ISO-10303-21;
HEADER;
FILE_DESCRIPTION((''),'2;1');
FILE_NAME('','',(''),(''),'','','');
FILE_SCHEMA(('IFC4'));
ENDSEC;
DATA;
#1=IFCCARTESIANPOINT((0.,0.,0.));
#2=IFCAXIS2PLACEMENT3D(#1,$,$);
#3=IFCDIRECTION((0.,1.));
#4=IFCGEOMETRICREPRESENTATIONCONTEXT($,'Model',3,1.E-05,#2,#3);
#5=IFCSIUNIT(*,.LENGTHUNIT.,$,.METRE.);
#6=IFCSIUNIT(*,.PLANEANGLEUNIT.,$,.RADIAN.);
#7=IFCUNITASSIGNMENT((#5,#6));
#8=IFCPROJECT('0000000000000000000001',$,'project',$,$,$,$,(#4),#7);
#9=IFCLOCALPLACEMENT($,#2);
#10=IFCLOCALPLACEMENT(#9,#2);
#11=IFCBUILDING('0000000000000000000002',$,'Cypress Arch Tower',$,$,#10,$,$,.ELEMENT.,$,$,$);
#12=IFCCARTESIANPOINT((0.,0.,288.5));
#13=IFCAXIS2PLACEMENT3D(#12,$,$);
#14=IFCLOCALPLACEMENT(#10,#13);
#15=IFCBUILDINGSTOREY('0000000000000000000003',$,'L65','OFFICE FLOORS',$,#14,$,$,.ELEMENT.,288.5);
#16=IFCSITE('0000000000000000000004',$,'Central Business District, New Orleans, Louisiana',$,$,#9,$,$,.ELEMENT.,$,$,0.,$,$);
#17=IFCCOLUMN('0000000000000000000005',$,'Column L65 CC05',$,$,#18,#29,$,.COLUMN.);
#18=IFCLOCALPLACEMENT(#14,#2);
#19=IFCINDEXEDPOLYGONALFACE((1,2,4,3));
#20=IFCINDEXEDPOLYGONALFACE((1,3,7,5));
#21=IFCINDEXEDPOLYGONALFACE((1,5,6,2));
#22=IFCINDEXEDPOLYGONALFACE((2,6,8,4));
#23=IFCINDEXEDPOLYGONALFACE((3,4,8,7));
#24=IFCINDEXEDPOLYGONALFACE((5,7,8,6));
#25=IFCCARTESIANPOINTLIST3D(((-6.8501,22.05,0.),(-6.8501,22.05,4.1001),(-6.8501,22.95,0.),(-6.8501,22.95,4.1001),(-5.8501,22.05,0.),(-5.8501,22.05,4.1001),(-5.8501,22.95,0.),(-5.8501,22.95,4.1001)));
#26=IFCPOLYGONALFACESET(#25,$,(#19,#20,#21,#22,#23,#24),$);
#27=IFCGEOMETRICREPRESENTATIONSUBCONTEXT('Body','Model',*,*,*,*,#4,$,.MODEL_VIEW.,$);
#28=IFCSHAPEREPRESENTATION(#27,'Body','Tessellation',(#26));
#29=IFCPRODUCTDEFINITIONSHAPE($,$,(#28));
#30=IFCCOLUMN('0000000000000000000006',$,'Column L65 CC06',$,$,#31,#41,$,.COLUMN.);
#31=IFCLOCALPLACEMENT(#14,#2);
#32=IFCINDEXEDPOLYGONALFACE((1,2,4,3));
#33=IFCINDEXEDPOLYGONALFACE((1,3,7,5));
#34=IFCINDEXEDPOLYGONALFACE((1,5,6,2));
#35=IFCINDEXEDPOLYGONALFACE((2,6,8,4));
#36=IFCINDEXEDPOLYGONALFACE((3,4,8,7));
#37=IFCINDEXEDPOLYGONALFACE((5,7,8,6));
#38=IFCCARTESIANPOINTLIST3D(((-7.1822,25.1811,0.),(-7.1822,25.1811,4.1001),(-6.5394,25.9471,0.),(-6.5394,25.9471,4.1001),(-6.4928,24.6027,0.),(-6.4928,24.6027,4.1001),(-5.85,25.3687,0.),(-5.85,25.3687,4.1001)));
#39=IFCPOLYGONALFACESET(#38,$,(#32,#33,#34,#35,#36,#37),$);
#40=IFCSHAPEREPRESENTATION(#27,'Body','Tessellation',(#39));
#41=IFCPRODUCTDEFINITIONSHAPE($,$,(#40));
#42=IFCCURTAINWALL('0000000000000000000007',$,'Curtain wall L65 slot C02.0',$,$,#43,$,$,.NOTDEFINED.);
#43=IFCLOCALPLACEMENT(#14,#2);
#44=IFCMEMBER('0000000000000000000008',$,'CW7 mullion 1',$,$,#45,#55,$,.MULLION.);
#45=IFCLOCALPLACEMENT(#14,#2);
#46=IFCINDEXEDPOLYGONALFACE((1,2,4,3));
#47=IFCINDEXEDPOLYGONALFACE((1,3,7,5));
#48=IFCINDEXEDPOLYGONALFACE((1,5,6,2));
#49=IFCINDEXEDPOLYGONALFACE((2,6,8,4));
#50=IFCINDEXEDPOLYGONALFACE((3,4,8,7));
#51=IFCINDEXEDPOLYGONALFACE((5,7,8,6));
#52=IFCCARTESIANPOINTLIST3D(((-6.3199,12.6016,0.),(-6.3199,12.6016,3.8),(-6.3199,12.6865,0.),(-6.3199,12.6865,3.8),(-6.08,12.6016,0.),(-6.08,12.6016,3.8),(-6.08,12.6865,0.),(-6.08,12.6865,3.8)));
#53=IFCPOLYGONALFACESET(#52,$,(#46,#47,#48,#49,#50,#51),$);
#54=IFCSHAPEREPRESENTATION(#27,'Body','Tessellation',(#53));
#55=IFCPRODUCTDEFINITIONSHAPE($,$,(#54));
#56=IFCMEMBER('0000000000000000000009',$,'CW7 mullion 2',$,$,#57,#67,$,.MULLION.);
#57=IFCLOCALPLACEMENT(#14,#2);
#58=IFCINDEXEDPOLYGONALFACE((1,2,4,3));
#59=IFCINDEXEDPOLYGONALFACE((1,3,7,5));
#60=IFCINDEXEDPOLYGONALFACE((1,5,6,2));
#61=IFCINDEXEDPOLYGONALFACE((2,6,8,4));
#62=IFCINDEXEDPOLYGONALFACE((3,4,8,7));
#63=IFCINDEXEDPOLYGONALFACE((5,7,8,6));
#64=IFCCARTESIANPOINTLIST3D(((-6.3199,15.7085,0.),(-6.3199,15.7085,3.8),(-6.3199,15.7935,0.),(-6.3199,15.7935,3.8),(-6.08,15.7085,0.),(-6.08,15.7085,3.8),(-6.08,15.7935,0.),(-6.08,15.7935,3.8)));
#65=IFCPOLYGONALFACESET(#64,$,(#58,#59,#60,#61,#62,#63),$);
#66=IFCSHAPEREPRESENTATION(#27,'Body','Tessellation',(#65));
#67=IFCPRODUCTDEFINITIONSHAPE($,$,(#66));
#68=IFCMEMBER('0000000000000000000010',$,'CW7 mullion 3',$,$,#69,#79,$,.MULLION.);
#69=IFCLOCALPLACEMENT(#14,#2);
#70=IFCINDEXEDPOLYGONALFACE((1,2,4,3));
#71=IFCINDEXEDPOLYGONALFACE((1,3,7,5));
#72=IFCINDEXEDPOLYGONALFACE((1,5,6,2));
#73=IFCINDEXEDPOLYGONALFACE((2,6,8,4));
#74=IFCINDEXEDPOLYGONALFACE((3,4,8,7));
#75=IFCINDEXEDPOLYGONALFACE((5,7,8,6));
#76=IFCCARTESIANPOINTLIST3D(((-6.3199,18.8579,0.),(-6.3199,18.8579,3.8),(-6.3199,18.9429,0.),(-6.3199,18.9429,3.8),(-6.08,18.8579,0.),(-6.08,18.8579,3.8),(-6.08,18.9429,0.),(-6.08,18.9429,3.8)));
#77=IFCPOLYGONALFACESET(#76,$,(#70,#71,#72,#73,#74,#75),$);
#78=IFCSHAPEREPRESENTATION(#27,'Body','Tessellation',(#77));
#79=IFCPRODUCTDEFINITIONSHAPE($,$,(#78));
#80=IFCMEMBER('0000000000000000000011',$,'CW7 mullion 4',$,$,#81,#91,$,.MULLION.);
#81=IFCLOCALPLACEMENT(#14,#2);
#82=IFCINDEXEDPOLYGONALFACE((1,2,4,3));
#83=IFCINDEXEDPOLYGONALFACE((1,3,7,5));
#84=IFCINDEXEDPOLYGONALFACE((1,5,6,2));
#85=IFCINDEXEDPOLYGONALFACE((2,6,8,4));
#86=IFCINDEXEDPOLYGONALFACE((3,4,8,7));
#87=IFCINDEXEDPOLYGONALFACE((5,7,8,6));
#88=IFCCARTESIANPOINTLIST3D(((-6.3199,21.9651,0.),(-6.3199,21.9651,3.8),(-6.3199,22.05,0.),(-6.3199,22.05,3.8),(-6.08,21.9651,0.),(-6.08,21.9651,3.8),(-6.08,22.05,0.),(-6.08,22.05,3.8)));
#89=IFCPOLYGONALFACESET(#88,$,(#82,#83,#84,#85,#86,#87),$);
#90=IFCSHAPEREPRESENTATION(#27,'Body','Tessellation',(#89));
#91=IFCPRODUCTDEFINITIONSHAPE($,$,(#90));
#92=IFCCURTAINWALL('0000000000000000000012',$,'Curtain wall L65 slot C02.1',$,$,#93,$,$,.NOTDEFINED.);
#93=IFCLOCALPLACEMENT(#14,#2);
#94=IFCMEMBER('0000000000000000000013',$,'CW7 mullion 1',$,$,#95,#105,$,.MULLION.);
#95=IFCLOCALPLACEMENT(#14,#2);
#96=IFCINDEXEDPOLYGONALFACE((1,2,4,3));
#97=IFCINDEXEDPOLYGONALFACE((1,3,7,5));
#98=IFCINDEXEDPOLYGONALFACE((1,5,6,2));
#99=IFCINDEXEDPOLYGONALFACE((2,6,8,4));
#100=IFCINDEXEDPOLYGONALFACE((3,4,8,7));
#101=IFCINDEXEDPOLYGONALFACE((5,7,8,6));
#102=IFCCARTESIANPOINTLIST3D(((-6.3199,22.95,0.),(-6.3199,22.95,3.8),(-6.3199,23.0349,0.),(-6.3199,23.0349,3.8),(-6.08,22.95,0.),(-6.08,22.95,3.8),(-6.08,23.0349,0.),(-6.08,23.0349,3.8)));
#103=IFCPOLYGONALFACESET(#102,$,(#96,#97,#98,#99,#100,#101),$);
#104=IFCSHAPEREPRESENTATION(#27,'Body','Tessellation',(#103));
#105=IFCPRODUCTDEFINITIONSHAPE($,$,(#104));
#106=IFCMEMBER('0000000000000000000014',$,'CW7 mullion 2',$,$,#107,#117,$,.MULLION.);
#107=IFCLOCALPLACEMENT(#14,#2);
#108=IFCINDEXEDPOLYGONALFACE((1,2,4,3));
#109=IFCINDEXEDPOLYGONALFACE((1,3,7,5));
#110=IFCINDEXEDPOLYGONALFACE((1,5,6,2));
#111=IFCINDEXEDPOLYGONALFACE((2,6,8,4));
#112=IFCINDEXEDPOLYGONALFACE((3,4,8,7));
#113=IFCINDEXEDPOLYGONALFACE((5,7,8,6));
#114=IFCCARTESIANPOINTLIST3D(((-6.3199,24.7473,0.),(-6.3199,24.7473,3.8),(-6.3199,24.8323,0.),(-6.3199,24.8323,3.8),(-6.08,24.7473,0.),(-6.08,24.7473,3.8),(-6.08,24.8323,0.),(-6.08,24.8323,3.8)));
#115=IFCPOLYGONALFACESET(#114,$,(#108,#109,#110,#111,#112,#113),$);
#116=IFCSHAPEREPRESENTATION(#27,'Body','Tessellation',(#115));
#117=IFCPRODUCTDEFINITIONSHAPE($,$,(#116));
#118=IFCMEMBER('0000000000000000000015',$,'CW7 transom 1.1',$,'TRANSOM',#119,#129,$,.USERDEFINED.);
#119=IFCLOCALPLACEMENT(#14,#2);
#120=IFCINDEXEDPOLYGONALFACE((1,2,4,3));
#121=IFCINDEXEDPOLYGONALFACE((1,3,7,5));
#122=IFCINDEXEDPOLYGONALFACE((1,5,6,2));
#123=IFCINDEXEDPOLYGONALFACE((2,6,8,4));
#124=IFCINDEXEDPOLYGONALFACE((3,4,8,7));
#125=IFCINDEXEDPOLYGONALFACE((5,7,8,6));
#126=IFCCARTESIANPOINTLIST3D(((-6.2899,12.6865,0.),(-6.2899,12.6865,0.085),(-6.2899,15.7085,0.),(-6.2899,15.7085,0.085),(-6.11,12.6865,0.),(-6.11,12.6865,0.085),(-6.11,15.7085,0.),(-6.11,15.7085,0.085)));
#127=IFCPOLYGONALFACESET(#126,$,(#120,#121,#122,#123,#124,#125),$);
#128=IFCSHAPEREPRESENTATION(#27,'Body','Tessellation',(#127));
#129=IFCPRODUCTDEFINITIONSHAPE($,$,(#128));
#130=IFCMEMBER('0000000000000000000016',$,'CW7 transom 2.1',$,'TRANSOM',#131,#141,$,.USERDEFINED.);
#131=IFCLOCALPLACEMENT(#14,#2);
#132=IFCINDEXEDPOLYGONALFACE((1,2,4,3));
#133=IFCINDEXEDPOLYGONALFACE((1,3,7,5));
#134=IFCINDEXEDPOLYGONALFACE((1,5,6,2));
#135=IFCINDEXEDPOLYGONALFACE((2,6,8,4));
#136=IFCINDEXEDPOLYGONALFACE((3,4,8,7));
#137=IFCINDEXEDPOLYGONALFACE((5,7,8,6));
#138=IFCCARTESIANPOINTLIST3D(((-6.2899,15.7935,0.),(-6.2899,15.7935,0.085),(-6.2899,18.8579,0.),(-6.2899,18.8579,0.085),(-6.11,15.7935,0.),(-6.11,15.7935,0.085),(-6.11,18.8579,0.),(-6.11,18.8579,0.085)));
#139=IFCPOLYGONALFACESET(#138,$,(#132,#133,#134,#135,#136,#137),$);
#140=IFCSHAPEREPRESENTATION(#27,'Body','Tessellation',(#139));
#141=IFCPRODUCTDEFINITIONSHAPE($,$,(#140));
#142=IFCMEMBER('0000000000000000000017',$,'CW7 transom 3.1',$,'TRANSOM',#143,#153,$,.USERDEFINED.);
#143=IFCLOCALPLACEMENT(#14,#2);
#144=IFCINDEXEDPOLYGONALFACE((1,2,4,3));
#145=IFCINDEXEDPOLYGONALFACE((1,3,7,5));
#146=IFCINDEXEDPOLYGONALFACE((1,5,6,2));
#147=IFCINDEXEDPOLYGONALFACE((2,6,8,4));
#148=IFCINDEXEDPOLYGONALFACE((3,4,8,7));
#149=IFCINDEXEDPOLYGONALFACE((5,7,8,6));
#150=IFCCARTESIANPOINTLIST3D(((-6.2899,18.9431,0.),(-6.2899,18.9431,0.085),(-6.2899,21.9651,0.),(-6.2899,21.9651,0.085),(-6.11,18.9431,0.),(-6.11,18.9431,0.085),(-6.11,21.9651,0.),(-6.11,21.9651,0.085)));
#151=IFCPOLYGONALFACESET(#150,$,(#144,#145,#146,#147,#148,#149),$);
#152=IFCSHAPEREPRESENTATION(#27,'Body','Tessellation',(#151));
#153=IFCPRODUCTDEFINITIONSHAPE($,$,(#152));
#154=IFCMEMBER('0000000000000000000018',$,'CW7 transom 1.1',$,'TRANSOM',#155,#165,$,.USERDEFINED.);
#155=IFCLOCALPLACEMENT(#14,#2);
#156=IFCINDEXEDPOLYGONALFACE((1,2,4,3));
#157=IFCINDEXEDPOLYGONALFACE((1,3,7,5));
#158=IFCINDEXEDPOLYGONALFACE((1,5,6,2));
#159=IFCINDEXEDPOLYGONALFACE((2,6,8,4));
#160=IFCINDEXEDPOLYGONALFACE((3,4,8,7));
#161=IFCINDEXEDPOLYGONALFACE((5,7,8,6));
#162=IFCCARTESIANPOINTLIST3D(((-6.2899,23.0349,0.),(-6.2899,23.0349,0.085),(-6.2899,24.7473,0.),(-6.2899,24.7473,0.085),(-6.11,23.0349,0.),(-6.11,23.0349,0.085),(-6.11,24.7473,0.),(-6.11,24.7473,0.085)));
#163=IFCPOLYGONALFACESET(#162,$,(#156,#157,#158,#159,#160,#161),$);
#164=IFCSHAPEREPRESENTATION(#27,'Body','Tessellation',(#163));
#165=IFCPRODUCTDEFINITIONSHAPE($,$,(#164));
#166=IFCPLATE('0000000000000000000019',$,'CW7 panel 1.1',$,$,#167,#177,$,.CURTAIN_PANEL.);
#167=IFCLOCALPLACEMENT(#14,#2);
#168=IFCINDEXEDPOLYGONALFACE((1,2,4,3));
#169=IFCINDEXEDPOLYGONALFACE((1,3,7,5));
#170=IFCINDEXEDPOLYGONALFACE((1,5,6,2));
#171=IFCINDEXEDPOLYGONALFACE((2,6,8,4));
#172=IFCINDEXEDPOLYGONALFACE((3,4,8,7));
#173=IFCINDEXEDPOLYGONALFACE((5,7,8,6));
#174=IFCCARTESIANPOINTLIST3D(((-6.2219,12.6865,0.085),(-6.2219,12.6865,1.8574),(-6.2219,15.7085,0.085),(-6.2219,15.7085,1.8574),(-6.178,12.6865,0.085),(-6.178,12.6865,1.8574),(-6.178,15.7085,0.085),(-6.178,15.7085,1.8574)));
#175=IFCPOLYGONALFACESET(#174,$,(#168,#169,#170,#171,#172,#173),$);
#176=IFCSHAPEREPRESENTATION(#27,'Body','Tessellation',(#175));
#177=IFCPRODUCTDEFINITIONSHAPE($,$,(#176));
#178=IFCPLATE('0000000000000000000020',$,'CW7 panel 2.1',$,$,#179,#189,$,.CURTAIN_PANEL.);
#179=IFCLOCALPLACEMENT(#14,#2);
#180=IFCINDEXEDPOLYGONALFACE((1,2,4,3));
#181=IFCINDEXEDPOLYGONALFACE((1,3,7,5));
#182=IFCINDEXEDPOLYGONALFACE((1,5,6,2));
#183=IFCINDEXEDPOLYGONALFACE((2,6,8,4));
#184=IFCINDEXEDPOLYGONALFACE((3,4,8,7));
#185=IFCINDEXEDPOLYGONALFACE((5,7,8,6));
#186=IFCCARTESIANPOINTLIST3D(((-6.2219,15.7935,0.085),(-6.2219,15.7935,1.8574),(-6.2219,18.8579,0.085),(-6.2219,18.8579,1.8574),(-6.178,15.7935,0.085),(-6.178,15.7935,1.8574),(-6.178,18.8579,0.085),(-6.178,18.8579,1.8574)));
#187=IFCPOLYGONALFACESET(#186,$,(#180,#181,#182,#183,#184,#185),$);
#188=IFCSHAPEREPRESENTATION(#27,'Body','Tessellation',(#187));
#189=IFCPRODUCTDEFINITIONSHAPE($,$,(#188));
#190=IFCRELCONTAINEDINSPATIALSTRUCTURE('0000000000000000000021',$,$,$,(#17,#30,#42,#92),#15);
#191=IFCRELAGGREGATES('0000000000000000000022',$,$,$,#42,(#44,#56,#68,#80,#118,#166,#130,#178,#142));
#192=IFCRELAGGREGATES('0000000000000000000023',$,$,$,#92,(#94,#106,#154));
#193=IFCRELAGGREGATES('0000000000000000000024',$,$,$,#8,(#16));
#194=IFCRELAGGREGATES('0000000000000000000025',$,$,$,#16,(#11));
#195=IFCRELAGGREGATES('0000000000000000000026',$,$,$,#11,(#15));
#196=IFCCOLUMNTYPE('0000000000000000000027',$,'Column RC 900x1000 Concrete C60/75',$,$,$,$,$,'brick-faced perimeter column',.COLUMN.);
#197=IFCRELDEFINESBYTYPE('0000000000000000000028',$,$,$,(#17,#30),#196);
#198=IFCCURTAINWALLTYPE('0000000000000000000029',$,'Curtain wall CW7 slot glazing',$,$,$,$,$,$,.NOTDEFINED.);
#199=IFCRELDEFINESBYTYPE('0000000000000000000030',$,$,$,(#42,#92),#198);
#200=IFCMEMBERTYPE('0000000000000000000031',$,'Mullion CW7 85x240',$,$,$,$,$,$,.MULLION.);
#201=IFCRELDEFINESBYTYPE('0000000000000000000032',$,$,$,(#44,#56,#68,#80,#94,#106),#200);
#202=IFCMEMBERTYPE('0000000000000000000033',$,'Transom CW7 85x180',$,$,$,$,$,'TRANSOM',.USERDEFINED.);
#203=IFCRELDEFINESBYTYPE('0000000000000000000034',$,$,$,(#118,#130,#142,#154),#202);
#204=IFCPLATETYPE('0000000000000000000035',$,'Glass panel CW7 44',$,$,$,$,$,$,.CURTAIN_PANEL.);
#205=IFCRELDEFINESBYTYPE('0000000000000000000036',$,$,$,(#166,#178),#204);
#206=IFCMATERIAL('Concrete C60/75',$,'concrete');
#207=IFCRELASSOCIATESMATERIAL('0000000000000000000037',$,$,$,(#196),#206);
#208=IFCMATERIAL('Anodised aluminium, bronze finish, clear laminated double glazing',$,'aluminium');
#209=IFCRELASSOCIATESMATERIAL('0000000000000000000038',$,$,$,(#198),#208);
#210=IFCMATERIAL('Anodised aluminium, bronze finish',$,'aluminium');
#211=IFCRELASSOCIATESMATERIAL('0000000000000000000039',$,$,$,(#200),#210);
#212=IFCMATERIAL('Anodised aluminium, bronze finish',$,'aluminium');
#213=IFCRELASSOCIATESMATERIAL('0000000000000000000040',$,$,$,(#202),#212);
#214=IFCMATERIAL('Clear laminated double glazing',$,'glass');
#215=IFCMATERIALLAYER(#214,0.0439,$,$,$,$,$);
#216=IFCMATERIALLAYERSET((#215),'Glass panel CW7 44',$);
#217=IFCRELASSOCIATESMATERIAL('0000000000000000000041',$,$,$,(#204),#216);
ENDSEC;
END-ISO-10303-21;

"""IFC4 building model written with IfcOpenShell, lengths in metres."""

from ifc_helpers import new_model, si_unit, direction, frame, origin, origin_2d, place, context, subcontext, project, spatial, rectangle, extrude, material, layer, layer_set, material_profile, profile_set, type_object, element, aggregate, save


model = new_model("IFC4")

# Units and contexts
model_context = context("Model", 3, precision=1e-05, world=origin(), true_north=direction((0.0, 1.0)))
body_context = subcontext(model_context, "Body", "Model", "MODEL_VIEW")
ifc_project = project(units=[si_unit("LENGTHUNIT", "METRE"), si_unit("PLANEANGLEUNIT", "RADIAN")], contexts=[model_context])

# Site, building, storey
site_placement = place(None, origin())
site = spatial("IfcSite", under=ifc_project, at=site_placement, Name="Central Business District, New Orleans, Louisiana", CompositionType="ELEMENT", RefElevation=0.0)
building_placement = place(site_placement, origin())
building = spatial("IfcBuilding", under=site, at=building_placement, Name="Cypress Arch Tower", CompositionType="ELEMENT")
storey_placement = place(building_placement, frame((0.0, 0.0, 288.5)))
storey = spatial("IfcBuildingStorey", under=building, at=storey_placement, Name="L65", Description="OFFICE FLOORS", CompositionType="ELEMENT", Elevation=288.5)

# Columns
ifc_material_1 = material(Name="Concrete C60/75", Category="concrete")
ifc_material_profile_1 = material_profile(ifc_material_1, rectangle(XDim=0.8999, YDim=1.0, at=origin_2d()), Name="RC 900x1000")
ifc_profile_set_1 = profile_set([ifc_material_profile_1], Name="Concrete C60/75")
column_type = type_object("IfcColumnType", Name="Column RC 900x1000 Concrete C60/75", ElementType="brick-faced perimeter column", PredefinedType="COLUMN", material=ifc_profile_set_1)
for number, where, z_axis, x_axis, name in (
    (1, (-6.3501, 22.5, 0.0), (0.0, 0.0, 1.0), (0.0, 1.0, 0.0), "Column L65 CC05"),
    (2, (-6.5161, 25.2749, 0.0), (0.0, 0.0, 1.0), (-0.766064, 0.642765, 0.0), "Column L65 CC06"),
):
    element("IfcColumn", number, at=place(storey_placement, frame(where, z_axis=z_axis, x_axis=x_axis)), inside=storey, type_object=column_type, Name=name, PredefinedType="COLUMN", context=body_context, shape_type="SweptSolid", body=[
        extrude(rectangle(XDim=0.8999, YDim=1.0, at=origin_2d()), origin(), (0.0, 0.0, 1.0), 4.1001),
    ])

# Curtain walls, members
ifc_material_2 = material(Name="Anodised aluminium, bronze finish, clear laminated double glazing", Category="aluminium")
curtain_wall_type = type_object("IfcCurtainWallType", Name="Curtain wall CW7 slot glazing", PredefinedType="NOTDEFINED", material=ifc_material_2)
curtain_wall_1_placement = place(storey_placement, origin())
curtain_wall_1 = element("IfcCurtainWall", 3, at=curtain_wall_1_placement, inside=storey, type_object=curtain_wall_type, Name="Curtain wall L65 slot C02.0", PredefinedType="NOTDEFINED")
ifc_material_3 = material(Name="Anodised aluminium, bronze finish", Category="aluminium")
ifc_material_profile_2 = material_profile(ifc_material_3, rectangle(XDim=0.24, YDim=0.085, at=origin_2d()), Name="Mullion 85x240")
ifc_profile_set_2 = profile_set([ifc_material_profile_2], Name="Anodised aluminium, bronze finish")
member_type_1 = type_object("IfcMemberType", Name="Mullion CW7 85x240", PredefinedType="MULLION", material=ifc_profile_set_2)
member_1_placement = place(storey_placement, frame((-6.2, 12.644, 0.0), z_axis=(0.0, 0.0, 1.0), x_axis=(-1.0, 0.0, 0.0)))
member_1 = element("IfcMember", 4, at=member_1_placement, type_object=member_type_1, Name="CW7 mullion 1", PredefinedType="MULLION", context=body_context, shape_type="SweptSolid", body=[
    extrude(rectangle(XDim=0.24, YDim=0.085, at=origin_2d()), origin(), (0.0, 0.0, 1.0), 3.8),
])
member_2_placement = place(storey_placement, frame((-6.2, 15.751, 0.0), z_axis=(0.0, 0.0, 1.0), x_axis=(-1.0, 0.0, 0.0)))
member_2 = element("IfcMember", 5, at=member_2_placement, type_object=member_type_1, Name="CW7 mullion 2", PredefinedType="MULLION", context=body_context, shape_type="SweptSolid", body=[
    extrude(rectangle(XDim=0.24, YDim=0.085, at=origin_2d()), origin(), (0.0, 0.0, 1.0), 3.8),
])
member_3_placement = place(storey_placement, frame((-6.2, 18.9004, 0.0), z_axis=(0.0, 0.0, 1.0), x_axis=(-1.0, 0.0, 0.0)))
member_3 = element("IfcMember", 6, at=member_3_placement, type_object=member_type_1, Name="CW7 mullion 3", PredefinedType="MULLION", context=body_context, shape_type="SweptSolid", body=[
    extrude(rectangle(XDim=0.24, YDim=0.085, at=origin_2d()), origin(), (0.0, 0.0, 1.0), 3.8),
])
member_4_placement = place(storey_placement, frame((-6.2, 22.0076, 0.0), z_axis=(0.0, 0.0, 1.0), x_axis=(-1.0, 0.0, 0.0)))
member_4 = element("IfcMember", 7, at=member_4_placement, type_object=member_type_1, Name="CW7 mullion 4", PredefinedType="MULLION", context=body_context, shape_type="SweptSolid", body=[
    extrude(rectangle(XDim=0.24, YDim=0.085, at=origin_2d()), origin(), (0.0, 0.0, 1.0), 3.8),
])
curtain_wall_2_placement = place(storey_placement, origin())
curtain_wall_2 = element("IfcCurtainWall", 8, at=curtain_wall_2_placement, inside=storey, type_object=curtain_wall_type, Name="Curtain wall L65 slot C02.1", PredefinedType="NOTDEFINED")
member_5_placement = place(storey_placement, frame((-6.2, 22.9924, 0.0), z_axis=(0.0, 0.0, 1.0), x_axis=(-1.0, 0.0, 0.0)))
member_5 = element("IfcMember", 9, at=member_5_placement, type_object=member_type_1, Name="CW7 mullion 1", PredefinedType="MULLION", context=body_context, shape_type="SweptSolid", body=[
    extrude(rectangle(XDim=0.24, YDim=0.085, at=origin_2d()), origin(), (0.0, 0.0, 1.0), 3.8),
])
member_6_placement = place(storey_placement, frame((-6.2, 24.7898, 0.0), z_axis=(0.0, 0.0, 1.0), x_axis=(-1.0, 0.0, 0.0)))
member_6 = element("IfcMember", 10, at=member_6_placement, type_object=member_type_1, Name="CW7 mullion 2", PredefinedType="MULLION", context=body_context, shape_type="SweptSolid", body=[
    extrude(rectangle(XDim=0.24, YDim=0.085, at=origin_2d()), origin(), (0.0, 0.0, 1.0), 3.8),
])

# Members
ifc_material_4 = material(Name="Anodised aluminium, bronze finish", Category="aluminium")
ifc_material_profile_3 = material_profile(ifc_material_4, rectangle(XDim=0.1799, YDim=0.085, at=origin_2d()), Name="Transom 85x180")
ifc_profile_set_3 = profile_set([ifc_material_profile_3], Name="Anodised aluminium, bronze finish")
member_type_2 = type_object("IfcMemberType", Name="Transom CW7 85x180", ElementType="TRANSOM", PredefinedType="USERDEFINED", material=ifc_profile_set_3)
member_7_placement = place(storey_placement, frame((-6.2, 12.6865, 0.0425), z_axis=(0.0, 1.0, 0.0), x_axis=(-1.0, 0.0, 0.0)))
member_7 = element("IfcMember", 11, at=member_7_placement, type_object=member_type_2, Name="CW7 transom 1.1", ObjectType="TRANSOM", PredefinedType="USERDEFINED", context=body_context, shape_type="SweptSolid", body=[
    extrude(rectangle(XDim=0.1799, YDim=0.085, at=origin_2d()), origin(), (0.0, 0.0, 1.0), 3.022),
])
member_8_placement = place(storey_placement, frame((-6.2, 15.7935, 0.0425), z_axis=(0.0, 1.0, 0.0), x_axis=(-1.0, 0.0, 0.0)))
member_8 = element("IfcMember", 12, at=member_8_placement, type_object=member_type_2, Name="CW7 transom 2.1", ObjectType="TRANSOM", PredefinedType="USERDEFINED", context=body_context, shape_type="SweptSolid", body=[
    extrude(rectangle(XDim=0.1799, YDim=0.085, at=origin_2d()), origin(), (0.0, 0.0, 1.0), 3.0645),
])
member_9_placement = place(storey_placement, frame((-6.2, 18.9431, 0.0425), z_axis=(0.0, 1.0, 0.0), x_axis=(-1.0, 0.0, 0.0)))
member_9 = element("IfcMember", 13, at=member_9_placement, type_object=member_type_2, Name="CW7 transom 3.1", ObjectType="TRANSOM", PredefinedType="USERDEFINED", context=body_context, shape_type="SweptSolid", body=[
    extrude(rectangle(XDim=0.1799, YDim=0.085, at=origin_2d()), origin(), (0.0, 0.0, 1.0), 3.022),
])
member_10_placement = place(storey_placement, frame((-6.2, 23.0349, 0.0425), z_axis=(0.0, 1.0, 0.0), x_axis=(-1.0, 0.0, 0.0)))
member_10 = element("IfcMember", 14, at=member_10_placement, type_object=member_type_2, Name="CW7 transom 1.1", ObjectType="TRANSOM", PredefinedType="USERDEFINED", context=body_context, shape_type="SweptSolid", body=[
    extrude(rectangle(XDim=0.1799, YDim=0.085, at=origin_2d()), origin(), (0.0, 0.0, 1.0), 1.7124),
])

# Plates
ifc_material_5 = material(Name="Clear laminated double glazing", Category="glass")
ifc_layer_1 = layer(ifc_material_5, 0.0439)
ifc_layer_set_1 = layer_set([ifc_layer_1], Name="Glass panel CW7 44")
plate_type = type_object("IfcPlateType", Name="Glass panel CW7 44", PredefinedType="CURTAIN_PANEL", material=ifc_layer_set_1)
plate_1_placement = place(storey_placement, frame((-6.2, 14.1975, 0.085), z_axis=(0.0, 0.0, 1.0), x_axis=(0.0, 1.0, 0.0)))
plate_1 = element("IfcPlate", 15, at=plate_1_placement, type_object=plate_type, Name="CW7 panel 1.1", PredefinedType="CURTAIN_PANEL", context=body_context, shape_type="SweptSolid", body=[
    extrude(rectangle(XDim=3.022, YDim=0.0439, at=origin_2d()), origin(), (0.0, 0.0, 1.0), 1.7725),
])
plate_2_placement = place(storey_placement, frame((-6.2, 17.3257, 0.085), z_axis=(0.0, 0.0, 1.0), x_axis=(0.0, 1.0, 0.0)))
plate_2 = element("IfcPlate", 16, at=plate_2_placement, type_object=plate_type, Name="CW7 panel 2.1", PredefinedType="CURTAIN_PANEL", context=body_context, shape_type="SweptSolid", body=[
    extrude(rectangle(XDim=3.0645, YDim=0.0439, at=origin_2d()), origin(), (0.0, 0.0, 1.0), 1.7725),
])
aggregate(curtain_wall_1, [member_1, member_2, member_3, member_4, member_7, plate_1, member_8, plate_2, member_9])
aggregate(curtain_wall_2, [member_5, member_6, member_10])

save(model, "model.ifc")
